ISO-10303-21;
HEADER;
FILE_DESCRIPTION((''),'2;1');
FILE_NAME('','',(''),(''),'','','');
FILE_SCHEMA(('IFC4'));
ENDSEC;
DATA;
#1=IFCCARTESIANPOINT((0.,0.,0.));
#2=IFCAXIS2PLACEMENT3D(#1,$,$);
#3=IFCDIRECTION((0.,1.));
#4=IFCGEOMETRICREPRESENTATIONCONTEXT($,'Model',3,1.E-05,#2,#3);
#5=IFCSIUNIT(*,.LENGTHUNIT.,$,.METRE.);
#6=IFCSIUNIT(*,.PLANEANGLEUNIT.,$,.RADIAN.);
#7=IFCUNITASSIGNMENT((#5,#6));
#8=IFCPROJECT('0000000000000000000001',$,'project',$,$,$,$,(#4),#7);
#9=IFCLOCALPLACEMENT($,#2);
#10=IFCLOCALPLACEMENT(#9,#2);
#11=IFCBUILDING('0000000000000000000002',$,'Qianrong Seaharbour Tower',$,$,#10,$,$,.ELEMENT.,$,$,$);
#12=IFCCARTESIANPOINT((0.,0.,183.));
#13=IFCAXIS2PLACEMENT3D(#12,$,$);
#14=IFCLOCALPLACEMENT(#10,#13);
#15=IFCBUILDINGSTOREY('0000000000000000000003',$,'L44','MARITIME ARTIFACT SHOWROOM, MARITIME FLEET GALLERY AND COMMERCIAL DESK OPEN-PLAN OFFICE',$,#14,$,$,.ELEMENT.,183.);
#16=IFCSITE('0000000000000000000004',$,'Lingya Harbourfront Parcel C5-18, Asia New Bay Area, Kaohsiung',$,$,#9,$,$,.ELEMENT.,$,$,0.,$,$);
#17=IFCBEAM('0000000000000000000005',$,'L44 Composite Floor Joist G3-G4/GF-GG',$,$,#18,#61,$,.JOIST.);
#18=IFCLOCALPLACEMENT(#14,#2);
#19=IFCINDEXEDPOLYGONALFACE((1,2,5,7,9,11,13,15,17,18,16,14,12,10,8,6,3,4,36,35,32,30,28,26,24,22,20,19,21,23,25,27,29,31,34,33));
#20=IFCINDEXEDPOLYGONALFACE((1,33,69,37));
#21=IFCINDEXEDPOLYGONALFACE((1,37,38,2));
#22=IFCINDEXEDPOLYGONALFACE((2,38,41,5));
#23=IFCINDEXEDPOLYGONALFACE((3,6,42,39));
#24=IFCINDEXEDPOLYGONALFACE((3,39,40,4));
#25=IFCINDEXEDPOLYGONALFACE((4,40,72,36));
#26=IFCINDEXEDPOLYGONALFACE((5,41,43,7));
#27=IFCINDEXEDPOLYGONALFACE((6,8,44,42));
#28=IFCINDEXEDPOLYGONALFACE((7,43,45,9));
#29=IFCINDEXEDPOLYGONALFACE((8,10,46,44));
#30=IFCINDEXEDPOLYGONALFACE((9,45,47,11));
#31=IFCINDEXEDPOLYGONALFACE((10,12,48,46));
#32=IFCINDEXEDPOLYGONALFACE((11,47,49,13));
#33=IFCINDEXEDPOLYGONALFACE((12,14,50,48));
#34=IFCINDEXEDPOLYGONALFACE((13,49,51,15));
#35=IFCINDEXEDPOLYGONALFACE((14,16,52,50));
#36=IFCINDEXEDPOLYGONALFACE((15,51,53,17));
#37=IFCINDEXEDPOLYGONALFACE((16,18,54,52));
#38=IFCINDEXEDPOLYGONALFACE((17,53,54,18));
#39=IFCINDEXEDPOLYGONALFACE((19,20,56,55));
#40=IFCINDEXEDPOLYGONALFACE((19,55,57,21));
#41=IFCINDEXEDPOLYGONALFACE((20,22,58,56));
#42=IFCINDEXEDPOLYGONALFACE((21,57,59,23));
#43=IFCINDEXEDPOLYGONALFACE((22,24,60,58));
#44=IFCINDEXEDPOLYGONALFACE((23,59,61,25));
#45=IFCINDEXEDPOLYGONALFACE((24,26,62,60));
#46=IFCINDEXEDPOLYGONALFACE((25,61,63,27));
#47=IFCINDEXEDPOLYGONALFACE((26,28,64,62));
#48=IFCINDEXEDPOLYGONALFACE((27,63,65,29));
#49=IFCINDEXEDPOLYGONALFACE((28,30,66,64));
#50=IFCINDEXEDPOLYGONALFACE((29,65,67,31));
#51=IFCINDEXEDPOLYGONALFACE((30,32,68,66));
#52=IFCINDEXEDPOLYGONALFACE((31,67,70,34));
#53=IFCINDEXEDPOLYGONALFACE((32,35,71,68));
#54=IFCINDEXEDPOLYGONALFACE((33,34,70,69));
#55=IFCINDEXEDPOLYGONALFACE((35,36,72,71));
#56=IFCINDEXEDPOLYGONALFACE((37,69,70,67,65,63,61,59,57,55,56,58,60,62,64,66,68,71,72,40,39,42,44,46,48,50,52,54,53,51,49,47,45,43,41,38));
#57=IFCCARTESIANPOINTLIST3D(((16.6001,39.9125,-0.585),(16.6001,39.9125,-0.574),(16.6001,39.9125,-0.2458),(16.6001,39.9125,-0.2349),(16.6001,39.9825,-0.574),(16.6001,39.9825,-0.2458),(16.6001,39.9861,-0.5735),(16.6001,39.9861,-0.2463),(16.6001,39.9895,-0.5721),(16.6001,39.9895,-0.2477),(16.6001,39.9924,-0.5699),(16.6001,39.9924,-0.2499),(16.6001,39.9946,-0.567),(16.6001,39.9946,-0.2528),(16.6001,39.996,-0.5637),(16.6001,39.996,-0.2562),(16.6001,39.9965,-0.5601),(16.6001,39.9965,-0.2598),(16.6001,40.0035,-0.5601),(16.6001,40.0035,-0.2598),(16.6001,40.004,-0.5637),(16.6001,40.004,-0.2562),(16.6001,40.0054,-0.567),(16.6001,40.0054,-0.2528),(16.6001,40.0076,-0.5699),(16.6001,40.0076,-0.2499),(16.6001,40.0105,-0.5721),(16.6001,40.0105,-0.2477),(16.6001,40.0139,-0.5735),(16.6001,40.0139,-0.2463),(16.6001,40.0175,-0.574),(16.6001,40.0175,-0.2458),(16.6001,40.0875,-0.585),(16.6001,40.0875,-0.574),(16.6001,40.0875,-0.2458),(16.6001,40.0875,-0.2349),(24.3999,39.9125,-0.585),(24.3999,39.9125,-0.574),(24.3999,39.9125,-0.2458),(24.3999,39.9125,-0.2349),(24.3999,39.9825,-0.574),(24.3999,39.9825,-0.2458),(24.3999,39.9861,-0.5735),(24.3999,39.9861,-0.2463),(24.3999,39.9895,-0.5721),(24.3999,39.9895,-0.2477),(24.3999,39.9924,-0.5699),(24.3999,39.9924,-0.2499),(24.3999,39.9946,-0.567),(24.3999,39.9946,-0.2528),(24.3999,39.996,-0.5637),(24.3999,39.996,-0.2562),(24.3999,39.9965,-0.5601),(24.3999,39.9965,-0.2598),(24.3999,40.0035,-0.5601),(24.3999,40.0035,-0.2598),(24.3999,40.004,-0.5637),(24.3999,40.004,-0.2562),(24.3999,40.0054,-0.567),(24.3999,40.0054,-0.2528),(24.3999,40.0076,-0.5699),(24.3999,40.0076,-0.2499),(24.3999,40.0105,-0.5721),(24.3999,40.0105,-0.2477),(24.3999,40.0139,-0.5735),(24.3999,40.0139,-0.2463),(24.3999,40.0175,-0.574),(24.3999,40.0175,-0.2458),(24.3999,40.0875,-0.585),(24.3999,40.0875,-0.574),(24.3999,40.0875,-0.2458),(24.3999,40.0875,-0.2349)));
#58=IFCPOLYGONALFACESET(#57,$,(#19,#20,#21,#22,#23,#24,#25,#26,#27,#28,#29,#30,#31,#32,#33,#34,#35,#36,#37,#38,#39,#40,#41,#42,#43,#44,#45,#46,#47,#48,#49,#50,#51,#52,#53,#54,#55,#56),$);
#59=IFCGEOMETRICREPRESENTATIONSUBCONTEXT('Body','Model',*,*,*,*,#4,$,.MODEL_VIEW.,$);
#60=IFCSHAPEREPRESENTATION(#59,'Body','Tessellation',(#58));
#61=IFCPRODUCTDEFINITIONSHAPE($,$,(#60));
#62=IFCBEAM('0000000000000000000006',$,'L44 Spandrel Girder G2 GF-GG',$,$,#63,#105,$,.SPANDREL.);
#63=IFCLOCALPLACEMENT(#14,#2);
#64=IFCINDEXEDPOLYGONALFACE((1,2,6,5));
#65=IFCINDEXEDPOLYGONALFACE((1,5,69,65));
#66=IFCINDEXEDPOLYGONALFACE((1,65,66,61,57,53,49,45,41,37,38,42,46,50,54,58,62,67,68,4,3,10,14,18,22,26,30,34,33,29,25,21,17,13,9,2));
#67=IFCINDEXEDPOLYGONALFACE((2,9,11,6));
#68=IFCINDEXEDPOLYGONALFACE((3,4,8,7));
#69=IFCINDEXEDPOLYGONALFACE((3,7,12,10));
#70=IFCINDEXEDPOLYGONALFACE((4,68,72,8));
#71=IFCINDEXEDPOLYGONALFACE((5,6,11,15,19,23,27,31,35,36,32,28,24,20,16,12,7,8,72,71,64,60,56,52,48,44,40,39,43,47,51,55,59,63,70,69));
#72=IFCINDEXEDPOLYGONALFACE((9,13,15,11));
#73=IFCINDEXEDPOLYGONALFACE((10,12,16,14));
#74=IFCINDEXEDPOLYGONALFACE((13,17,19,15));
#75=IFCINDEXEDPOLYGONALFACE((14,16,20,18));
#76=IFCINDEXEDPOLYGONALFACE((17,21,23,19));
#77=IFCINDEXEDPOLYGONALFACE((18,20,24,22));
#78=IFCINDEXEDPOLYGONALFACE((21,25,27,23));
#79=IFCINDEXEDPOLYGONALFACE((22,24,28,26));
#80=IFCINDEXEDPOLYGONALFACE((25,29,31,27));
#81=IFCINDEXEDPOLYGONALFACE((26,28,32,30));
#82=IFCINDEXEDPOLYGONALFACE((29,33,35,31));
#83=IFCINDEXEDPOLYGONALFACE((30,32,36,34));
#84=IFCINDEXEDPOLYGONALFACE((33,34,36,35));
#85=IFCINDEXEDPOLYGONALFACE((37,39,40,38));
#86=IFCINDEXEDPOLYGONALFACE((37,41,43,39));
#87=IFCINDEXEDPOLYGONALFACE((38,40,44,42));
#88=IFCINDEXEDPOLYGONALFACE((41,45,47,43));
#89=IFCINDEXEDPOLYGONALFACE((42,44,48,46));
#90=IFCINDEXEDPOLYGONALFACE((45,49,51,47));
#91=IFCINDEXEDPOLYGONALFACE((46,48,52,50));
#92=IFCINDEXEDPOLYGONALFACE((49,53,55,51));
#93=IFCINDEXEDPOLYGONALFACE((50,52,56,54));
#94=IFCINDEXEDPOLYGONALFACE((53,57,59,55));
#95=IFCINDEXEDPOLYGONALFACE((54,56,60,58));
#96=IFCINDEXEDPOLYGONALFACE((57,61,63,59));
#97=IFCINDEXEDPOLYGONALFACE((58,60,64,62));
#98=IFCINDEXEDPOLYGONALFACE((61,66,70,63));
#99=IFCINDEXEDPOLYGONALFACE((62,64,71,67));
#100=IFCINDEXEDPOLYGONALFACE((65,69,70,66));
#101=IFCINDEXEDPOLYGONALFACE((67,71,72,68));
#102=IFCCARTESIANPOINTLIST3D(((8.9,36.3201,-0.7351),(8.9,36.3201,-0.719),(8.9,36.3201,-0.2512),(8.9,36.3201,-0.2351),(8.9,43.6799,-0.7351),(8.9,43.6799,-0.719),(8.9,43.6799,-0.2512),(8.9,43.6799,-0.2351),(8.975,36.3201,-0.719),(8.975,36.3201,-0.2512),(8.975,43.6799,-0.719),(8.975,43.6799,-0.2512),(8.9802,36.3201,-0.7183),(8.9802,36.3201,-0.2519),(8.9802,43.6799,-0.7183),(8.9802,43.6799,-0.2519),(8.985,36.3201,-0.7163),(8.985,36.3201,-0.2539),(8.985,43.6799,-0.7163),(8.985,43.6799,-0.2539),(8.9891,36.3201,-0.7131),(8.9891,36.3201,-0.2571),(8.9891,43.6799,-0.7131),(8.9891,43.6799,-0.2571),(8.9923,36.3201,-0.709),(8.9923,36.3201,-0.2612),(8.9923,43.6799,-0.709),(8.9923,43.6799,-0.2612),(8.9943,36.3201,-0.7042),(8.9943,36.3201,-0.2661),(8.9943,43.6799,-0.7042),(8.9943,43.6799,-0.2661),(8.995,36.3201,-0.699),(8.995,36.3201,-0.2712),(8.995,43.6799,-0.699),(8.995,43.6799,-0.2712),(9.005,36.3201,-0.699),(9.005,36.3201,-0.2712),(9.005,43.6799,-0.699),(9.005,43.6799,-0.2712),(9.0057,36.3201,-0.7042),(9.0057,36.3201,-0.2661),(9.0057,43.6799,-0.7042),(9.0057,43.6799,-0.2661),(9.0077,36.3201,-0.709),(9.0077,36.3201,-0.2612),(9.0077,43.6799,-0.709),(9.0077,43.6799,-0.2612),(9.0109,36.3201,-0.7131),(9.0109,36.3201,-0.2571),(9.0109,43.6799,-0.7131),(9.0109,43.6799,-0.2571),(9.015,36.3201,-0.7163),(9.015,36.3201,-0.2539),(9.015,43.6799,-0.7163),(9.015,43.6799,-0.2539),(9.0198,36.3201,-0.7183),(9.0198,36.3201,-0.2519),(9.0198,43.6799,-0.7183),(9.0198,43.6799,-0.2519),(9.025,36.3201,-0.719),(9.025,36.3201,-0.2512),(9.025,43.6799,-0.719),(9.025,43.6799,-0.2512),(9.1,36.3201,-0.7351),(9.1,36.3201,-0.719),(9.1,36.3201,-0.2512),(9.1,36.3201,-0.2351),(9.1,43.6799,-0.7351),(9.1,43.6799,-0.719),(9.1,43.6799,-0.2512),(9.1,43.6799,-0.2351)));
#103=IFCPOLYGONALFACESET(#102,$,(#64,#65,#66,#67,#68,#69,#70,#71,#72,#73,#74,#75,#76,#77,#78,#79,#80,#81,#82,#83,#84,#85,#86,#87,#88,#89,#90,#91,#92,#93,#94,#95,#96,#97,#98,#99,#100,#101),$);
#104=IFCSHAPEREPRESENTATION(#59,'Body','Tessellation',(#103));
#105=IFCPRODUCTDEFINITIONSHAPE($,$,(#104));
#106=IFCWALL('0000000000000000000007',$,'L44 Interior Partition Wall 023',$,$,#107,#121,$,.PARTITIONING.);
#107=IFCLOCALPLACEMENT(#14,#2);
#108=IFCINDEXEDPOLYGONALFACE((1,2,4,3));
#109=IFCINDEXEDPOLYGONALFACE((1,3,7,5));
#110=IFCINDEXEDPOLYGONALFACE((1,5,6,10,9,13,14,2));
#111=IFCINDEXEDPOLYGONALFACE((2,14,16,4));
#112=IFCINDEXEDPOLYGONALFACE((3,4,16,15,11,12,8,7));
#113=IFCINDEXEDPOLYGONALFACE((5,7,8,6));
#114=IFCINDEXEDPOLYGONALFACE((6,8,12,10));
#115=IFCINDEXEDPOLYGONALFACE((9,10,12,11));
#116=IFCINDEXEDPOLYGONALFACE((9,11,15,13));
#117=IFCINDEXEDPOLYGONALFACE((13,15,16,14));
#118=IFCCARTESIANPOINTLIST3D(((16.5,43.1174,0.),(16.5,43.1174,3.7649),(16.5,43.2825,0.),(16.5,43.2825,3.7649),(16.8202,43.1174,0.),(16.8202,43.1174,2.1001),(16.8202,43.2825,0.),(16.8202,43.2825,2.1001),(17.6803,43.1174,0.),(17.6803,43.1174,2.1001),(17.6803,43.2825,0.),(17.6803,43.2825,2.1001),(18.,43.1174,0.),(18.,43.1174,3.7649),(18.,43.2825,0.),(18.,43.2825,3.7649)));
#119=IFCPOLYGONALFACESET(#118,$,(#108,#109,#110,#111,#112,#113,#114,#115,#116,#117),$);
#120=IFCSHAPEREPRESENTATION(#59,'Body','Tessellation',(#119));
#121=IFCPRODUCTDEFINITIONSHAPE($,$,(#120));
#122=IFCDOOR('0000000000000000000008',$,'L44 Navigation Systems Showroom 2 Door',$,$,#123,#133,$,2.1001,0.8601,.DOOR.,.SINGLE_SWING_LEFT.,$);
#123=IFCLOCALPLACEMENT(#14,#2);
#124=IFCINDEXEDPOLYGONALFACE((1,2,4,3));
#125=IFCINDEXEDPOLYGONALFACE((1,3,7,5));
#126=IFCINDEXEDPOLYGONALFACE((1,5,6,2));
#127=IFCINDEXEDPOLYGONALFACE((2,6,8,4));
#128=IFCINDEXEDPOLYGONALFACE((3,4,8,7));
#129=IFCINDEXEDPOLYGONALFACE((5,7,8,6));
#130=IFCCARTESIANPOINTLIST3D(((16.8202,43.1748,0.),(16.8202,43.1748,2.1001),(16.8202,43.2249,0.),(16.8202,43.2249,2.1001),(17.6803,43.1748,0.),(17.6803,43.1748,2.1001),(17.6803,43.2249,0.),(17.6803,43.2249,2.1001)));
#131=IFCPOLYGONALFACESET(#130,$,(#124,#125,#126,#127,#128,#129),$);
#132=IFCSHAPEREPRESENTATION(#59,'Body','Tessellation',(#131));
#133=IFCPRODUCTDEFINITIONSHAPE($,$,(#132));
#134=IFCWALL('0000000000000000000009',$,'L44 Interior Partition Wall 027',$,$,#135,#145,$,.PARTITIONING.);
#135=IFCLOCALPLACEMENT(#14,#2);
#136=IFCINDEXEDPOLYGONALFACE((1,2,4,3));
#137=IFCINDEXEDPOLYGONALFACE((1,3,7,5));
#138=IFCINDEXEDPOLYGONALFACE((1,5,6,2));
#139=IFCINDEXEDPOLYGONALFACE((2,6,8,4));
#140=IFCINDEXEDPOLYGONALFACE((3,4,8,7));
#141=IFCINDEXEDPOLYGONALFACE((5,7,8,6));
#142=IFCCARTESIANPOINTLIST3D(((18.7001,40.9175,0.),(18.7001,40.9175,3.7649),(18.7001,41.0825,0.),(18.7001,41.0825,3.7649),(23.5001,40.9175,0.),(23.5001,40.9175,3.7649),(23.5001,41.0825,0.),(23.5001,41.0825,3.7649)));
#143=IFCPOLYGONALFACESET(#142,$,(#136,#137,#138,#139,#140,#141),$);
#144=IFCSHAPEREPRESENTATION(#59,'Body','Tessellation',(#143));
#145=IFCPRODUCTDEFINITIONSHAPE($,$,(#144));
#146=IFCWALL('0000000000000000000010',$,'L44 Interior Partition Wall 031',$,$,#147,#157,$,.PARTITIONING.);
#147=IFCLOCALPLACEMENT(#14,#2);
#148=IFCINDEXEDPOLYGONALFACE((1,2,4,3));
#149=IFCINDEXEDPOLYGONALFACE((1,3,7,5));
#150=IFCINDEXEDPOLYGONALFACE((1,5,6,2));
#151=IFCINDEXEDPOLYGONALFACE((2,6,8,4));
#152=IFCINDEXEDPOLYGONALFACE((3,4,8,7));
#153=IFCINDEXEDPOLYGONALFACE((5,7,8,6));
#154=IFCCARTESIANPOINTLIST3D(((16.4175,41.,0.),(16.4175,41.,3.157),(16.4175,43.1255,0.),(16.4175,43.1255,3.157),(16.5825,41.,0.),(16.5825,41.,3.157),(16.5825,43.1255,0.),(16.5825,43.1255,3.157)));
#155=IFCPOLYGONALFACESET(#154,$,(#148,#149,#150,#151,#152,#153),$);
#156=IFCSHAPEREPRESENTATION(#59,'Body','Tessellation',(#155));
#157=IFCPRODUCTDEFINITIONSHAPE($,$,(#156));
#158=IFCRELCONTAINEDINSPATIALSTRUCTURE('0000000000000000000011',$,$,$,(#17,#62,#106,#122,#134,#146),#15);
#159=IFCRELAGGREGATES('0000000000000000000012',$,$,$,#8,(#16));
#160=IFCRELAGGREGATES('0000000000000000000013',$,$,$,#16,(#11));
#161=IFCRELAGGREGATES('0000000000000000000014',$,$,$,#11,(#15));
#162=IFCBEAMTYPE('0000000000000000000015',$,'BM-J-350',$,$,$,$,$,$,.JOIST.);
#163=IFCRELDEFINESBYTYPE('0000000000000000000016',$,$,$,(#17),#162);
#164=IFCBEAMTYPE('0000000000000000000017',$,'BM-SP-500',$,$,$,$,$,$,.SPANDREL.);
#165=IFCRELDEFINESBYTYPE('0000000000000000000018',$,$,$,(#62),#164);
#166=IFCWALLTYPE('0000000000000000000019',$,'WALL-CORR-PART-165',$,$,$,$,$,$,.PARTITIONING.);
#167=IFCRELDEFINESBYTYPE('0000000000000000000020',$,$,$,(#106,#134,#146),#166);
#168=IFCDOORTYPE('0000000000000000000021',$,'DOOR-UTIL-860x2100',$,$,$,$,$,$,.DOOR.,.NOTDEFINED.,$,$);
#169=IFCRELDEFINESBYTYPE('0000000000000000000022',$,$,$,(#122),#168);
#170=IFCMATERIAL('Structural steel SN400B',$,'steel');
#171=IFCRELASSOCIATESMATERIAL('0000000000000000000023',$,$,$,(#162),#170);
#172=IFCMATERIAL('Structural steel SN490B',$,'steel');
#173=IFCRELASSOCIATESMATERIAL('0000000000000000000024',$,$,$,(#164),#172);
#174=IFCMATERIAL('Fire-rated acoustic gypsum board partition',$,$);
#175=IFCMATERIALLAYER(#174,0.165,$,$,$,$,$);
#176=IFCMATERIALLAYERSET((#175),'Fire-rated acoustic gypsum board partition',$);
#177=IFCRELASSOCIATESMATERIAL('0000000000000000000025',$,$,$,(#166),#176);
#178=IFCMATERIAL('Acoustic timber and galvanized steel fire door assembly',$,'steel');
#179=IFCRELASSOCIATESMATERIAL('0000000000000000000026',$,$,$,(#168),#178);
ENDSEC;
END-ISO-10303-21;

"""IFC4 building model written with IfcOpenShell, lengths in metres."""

from ifc_helpers import new_model, si_unit, direction, frame, frame_2d, origin, origin_2d, place, context, subcontext, project, spatial, rectangle, i_section, extrude, material, layer, layer_set, material_profile, profile_set, type_object, element, fill, save


model = new_model("IFC4")

# Units and contexts
model_context = context("Model", 3, precision=1e-05, world=origin(), true_north=direction((0.0, 1.0)))
body_context = subcontext(model_context, "Body", "Model", "MODEL_VIEW")
ifc_project = project(units=[si_unit("LENGTHUNIT", "METRE"), si_unit("PLANEANGLEUNIT", "RADIAN")], contexts=[model_context])

# Site, building, storey
site_placement = place(None, origin())
site = spatial("IfcSite", under=ifc_project, at=site_placement, Name="Lingya Harbourfront Parcel C5-18, Asia New Bay Area, Kaohsiung", CompositionType="ELEMENT", RefElevation=0.0)
building_placement = place(site_placement, origin())
building = spatial("IfcBuilding", under=site, at=building_placement, Name="Qianrong Seaharbour Tower", CompositionType="ELEMENT")
storey_placement = place(building_placement, frame((0.0, 0.0, 183.0)))
storey = spatial("IfcBuildingStorey", under=building, at=storey_placement, Name="L44", Description="MARITIME ARTIFACT SHOWROOM, MARITIME FLEET GALLERY AND COMMERCIAL DESK OPEN-PLAN OFFICE", CompositionType="ELEMENT", Elevation=183.0)

# Shared definitions
ifc_material_1 = material(Name="Structural steel SN490B", Category="steel")

# Beams
ifc_material_2 = material(Name="Structural steel SN400B", Category="steel")
ifc_material_profile_1 = material_profile(ifc_material_2, i_section(OverallWidth=0.175, OverallDepth=0.3501, WebThickness=0.0071, FlangeThickness=0.011, FilletRadius=0.0139, at=origin_2d()), Name="H350x175x7x11")
ifc_profile_set_1 = profile_set([ifc_material_profile_1], Name="Structural steel SN400B")
beam_type_1 = type_object("IfcBeamType", Name="BM-J-350", PredefinedType="JOIST", material=ifc_profile_set_1)
beam_1_placement = place(storey_placement, frame((16.6001, 40.0, -0.4099), z_axis=(1.0, 0.0, 0.0), x_axis=(0.0, 1.0, 0.0)))
element("IfcBeam", 1, at=beam_1_placement, inside=storey, type_object=beam_type_1, Name="L44 Composite Floor Joist G3-G4/GF-GG", PredefinedType="JOIST", context=body_context, shape_type="SweptSolid", body=[
    extrude(i_section(OverallWidth=0.175, OverallDepth=0.3501, WebThickness=0.0071, FlangeThickness=0.011, FilletRadius=0.0139, at=origin_2d()), origin(), (0.0, 0.0, 1.0), 7.7998),
])
ifc_material_profile_2 = material_profile(ifc_material_1, i_section(OverallWidth=0.2, OverallDepth=0.5, WebThickness=0.01, FlangeThickness=0.0161, FilletRadius=0.02, at=origin_2d()), Name="H500x200x10x16")
ifc_profile_set_2 = profile_set([ifc_material_profile_2], Name="Structural steel SN490B")
beam_type_2 = type_object("IfcBeamType", Name="BM-SP-500", PredefinedType="SPANDREL", material=ifc_profile_set_2)
beam_2_placement = place(storey_placement, frame((9.0, 36.3201, -0.4851), z_axis=(0.0, 1.0, 0.0), x_axis=(-1.0, 0.0, 0.0)))
element("IfcBeam", 2, at=beam_2_placement, inside=storey, type_object=beam_type_2, Name="L44 Spandrel Girder G2 GF-GG", PredefinedType="SPANDREL", context=body_context, shape_type="SweptSolid", body=[
    extrude(i_section(OverallWidth=0.2, OverallDepth=0.5, WebThickness=0.01, FlangeThickness=0.0161, FilletRadius=0.02, at=origin_2d()), origin(), (0.0, 0.0, 1.0), 7.3599),
])

# Wall, opening, door
ifc_material_3 = material(Name="Fire-rated acoustic gypsum board partition")
ifc_layer_1 = layer(ifc_material_3, 0.165)
ifc_layer_set_1 = layer_set([ifc_layer_1], Name="Fire-rated acoustic gypsum board partition")
wall_type_1 = type_object("IfcWallType", Name="WALL-CORR-PART-165", PredefinedType="PARTITIONING", material=ifc_layer_set_1)
wall_1_placement = place(storey_placement, frame((16.5, 43.2, 0.0), z_axis=(0.0, 0.0, 1.0), x_axis=(1.0, 0.0, 0.0)))
wall_1 = element("IfcWall", 3, at=wall_1_placement, inside=storey, type_object=wall_type_1, Name="L44 Interior Partition Wall 023", PredefinedType="PARTITIONING", context=body_context, shape_type="SweptSolid", body=[
    extrude(rectangle(XDim=1.5, YDim=0.165, at=frame_2d((0.75, 0.0))), origin(), (0.0, 0.0, 1.0), 3.7649),
])
opening_1_placement = place(wall_1_placement, frame((0.3201, 0.0, 0.0)))
opening_1 = element("IfcOpeningElement", 4, at=opening_1_placement, cuts=wall_1, PredefinedType="OPENING", context=body_context, shape_type="SweptSolid", body=[
    extrude(rectangle(XDim=0.8601, YDim=2.1001, at=frame_2d((0.4302, 1.05))), frame((0.0, 0.0925, 0.0), z_axis=(0.0, -1.0, 0.0), x_axis=(1.0, 0.0, 0.0)), (0.0, 0.0, 1.0), 0.1851),
])
ifc_material_4 = material(Name="Acoustic timber and galvanized steel fire door assembly", Category="steel")
door_type_1 = type_object("IfcDoorType", Name="DOOR-UTIL-860x2100", OperationType="NOTDEFINED", PredefinedType="DOOR", material=ifc_material_4)
door_1_placement = place(opening_1_placement, origin())
door_1 = element("IfcDoor", 5, at=door_1_placement, inside=storey, type_object=door_type_1, Name="L44 Navigation Systems Showroom 2 Door", OperationType="SINGLE_SWING_LEFT", OverallHeight=2.1001, OverallWidth=0.8601, PredefinedType="DOOR", context=body_context, shape_type="SweptSolid", body=[
    extrude(rectangle(XDim=0.8601, YDim=2.1001, at=frame_2d((0.4302, 1.05))), frame((0.0, 0.0249, 0.0), z_axis=(0.0, -1.0, 0.0), x_axis=(1.0, 0.0, 0.0)), (0.0, 0.0, 1.0), 0.05),
])
fill(opening_1, door_1)

# Walls
wall_2_placement = place(storey_placement, frame((23.5, 41.0, 0.0), z_axis=(0.0, 0.0, 1.0), x_axis=(-1.0, 0.0, 0.0)))
element("IfcWall", 6, at=wall_2_placement, inside=storey, type_object=wall_type_1, Name="L44 Interior Partition Wall 027", PredefinedType="PARTITIONING", context=body_context, shape_type="SweptSolid", body=[
    extrude(rectangle(XDim=4.8, YDim=0.165, at=frame_2d((2.3999, 0.0))), origin(), (0.0, 0.0, 1.0), 3.7649),
])
wall_3_placement = place(storey_placement, frame((16.5, 41.0, 0.0), z_axis=(0.0, 0.0, 1.0), x_axis=(0.0, 1.0, 0.0)))
element("IfcWall", 7, at=wall_3_placement, inside=storey, type_object=wall_type_1, Name="L44 Interior Partition Wall 031", PredefinedType="PARTITIONING", context=body_context, shape_type="SweptSolid", body=[
    extrude(rectangle(XDim=2.1255, YDim=0.165, at=frame_2d((1.0627, 0.0))), origin(), (0.0, 0.0, 1.0), 3.157),
])

save(model, "model.ifc")
